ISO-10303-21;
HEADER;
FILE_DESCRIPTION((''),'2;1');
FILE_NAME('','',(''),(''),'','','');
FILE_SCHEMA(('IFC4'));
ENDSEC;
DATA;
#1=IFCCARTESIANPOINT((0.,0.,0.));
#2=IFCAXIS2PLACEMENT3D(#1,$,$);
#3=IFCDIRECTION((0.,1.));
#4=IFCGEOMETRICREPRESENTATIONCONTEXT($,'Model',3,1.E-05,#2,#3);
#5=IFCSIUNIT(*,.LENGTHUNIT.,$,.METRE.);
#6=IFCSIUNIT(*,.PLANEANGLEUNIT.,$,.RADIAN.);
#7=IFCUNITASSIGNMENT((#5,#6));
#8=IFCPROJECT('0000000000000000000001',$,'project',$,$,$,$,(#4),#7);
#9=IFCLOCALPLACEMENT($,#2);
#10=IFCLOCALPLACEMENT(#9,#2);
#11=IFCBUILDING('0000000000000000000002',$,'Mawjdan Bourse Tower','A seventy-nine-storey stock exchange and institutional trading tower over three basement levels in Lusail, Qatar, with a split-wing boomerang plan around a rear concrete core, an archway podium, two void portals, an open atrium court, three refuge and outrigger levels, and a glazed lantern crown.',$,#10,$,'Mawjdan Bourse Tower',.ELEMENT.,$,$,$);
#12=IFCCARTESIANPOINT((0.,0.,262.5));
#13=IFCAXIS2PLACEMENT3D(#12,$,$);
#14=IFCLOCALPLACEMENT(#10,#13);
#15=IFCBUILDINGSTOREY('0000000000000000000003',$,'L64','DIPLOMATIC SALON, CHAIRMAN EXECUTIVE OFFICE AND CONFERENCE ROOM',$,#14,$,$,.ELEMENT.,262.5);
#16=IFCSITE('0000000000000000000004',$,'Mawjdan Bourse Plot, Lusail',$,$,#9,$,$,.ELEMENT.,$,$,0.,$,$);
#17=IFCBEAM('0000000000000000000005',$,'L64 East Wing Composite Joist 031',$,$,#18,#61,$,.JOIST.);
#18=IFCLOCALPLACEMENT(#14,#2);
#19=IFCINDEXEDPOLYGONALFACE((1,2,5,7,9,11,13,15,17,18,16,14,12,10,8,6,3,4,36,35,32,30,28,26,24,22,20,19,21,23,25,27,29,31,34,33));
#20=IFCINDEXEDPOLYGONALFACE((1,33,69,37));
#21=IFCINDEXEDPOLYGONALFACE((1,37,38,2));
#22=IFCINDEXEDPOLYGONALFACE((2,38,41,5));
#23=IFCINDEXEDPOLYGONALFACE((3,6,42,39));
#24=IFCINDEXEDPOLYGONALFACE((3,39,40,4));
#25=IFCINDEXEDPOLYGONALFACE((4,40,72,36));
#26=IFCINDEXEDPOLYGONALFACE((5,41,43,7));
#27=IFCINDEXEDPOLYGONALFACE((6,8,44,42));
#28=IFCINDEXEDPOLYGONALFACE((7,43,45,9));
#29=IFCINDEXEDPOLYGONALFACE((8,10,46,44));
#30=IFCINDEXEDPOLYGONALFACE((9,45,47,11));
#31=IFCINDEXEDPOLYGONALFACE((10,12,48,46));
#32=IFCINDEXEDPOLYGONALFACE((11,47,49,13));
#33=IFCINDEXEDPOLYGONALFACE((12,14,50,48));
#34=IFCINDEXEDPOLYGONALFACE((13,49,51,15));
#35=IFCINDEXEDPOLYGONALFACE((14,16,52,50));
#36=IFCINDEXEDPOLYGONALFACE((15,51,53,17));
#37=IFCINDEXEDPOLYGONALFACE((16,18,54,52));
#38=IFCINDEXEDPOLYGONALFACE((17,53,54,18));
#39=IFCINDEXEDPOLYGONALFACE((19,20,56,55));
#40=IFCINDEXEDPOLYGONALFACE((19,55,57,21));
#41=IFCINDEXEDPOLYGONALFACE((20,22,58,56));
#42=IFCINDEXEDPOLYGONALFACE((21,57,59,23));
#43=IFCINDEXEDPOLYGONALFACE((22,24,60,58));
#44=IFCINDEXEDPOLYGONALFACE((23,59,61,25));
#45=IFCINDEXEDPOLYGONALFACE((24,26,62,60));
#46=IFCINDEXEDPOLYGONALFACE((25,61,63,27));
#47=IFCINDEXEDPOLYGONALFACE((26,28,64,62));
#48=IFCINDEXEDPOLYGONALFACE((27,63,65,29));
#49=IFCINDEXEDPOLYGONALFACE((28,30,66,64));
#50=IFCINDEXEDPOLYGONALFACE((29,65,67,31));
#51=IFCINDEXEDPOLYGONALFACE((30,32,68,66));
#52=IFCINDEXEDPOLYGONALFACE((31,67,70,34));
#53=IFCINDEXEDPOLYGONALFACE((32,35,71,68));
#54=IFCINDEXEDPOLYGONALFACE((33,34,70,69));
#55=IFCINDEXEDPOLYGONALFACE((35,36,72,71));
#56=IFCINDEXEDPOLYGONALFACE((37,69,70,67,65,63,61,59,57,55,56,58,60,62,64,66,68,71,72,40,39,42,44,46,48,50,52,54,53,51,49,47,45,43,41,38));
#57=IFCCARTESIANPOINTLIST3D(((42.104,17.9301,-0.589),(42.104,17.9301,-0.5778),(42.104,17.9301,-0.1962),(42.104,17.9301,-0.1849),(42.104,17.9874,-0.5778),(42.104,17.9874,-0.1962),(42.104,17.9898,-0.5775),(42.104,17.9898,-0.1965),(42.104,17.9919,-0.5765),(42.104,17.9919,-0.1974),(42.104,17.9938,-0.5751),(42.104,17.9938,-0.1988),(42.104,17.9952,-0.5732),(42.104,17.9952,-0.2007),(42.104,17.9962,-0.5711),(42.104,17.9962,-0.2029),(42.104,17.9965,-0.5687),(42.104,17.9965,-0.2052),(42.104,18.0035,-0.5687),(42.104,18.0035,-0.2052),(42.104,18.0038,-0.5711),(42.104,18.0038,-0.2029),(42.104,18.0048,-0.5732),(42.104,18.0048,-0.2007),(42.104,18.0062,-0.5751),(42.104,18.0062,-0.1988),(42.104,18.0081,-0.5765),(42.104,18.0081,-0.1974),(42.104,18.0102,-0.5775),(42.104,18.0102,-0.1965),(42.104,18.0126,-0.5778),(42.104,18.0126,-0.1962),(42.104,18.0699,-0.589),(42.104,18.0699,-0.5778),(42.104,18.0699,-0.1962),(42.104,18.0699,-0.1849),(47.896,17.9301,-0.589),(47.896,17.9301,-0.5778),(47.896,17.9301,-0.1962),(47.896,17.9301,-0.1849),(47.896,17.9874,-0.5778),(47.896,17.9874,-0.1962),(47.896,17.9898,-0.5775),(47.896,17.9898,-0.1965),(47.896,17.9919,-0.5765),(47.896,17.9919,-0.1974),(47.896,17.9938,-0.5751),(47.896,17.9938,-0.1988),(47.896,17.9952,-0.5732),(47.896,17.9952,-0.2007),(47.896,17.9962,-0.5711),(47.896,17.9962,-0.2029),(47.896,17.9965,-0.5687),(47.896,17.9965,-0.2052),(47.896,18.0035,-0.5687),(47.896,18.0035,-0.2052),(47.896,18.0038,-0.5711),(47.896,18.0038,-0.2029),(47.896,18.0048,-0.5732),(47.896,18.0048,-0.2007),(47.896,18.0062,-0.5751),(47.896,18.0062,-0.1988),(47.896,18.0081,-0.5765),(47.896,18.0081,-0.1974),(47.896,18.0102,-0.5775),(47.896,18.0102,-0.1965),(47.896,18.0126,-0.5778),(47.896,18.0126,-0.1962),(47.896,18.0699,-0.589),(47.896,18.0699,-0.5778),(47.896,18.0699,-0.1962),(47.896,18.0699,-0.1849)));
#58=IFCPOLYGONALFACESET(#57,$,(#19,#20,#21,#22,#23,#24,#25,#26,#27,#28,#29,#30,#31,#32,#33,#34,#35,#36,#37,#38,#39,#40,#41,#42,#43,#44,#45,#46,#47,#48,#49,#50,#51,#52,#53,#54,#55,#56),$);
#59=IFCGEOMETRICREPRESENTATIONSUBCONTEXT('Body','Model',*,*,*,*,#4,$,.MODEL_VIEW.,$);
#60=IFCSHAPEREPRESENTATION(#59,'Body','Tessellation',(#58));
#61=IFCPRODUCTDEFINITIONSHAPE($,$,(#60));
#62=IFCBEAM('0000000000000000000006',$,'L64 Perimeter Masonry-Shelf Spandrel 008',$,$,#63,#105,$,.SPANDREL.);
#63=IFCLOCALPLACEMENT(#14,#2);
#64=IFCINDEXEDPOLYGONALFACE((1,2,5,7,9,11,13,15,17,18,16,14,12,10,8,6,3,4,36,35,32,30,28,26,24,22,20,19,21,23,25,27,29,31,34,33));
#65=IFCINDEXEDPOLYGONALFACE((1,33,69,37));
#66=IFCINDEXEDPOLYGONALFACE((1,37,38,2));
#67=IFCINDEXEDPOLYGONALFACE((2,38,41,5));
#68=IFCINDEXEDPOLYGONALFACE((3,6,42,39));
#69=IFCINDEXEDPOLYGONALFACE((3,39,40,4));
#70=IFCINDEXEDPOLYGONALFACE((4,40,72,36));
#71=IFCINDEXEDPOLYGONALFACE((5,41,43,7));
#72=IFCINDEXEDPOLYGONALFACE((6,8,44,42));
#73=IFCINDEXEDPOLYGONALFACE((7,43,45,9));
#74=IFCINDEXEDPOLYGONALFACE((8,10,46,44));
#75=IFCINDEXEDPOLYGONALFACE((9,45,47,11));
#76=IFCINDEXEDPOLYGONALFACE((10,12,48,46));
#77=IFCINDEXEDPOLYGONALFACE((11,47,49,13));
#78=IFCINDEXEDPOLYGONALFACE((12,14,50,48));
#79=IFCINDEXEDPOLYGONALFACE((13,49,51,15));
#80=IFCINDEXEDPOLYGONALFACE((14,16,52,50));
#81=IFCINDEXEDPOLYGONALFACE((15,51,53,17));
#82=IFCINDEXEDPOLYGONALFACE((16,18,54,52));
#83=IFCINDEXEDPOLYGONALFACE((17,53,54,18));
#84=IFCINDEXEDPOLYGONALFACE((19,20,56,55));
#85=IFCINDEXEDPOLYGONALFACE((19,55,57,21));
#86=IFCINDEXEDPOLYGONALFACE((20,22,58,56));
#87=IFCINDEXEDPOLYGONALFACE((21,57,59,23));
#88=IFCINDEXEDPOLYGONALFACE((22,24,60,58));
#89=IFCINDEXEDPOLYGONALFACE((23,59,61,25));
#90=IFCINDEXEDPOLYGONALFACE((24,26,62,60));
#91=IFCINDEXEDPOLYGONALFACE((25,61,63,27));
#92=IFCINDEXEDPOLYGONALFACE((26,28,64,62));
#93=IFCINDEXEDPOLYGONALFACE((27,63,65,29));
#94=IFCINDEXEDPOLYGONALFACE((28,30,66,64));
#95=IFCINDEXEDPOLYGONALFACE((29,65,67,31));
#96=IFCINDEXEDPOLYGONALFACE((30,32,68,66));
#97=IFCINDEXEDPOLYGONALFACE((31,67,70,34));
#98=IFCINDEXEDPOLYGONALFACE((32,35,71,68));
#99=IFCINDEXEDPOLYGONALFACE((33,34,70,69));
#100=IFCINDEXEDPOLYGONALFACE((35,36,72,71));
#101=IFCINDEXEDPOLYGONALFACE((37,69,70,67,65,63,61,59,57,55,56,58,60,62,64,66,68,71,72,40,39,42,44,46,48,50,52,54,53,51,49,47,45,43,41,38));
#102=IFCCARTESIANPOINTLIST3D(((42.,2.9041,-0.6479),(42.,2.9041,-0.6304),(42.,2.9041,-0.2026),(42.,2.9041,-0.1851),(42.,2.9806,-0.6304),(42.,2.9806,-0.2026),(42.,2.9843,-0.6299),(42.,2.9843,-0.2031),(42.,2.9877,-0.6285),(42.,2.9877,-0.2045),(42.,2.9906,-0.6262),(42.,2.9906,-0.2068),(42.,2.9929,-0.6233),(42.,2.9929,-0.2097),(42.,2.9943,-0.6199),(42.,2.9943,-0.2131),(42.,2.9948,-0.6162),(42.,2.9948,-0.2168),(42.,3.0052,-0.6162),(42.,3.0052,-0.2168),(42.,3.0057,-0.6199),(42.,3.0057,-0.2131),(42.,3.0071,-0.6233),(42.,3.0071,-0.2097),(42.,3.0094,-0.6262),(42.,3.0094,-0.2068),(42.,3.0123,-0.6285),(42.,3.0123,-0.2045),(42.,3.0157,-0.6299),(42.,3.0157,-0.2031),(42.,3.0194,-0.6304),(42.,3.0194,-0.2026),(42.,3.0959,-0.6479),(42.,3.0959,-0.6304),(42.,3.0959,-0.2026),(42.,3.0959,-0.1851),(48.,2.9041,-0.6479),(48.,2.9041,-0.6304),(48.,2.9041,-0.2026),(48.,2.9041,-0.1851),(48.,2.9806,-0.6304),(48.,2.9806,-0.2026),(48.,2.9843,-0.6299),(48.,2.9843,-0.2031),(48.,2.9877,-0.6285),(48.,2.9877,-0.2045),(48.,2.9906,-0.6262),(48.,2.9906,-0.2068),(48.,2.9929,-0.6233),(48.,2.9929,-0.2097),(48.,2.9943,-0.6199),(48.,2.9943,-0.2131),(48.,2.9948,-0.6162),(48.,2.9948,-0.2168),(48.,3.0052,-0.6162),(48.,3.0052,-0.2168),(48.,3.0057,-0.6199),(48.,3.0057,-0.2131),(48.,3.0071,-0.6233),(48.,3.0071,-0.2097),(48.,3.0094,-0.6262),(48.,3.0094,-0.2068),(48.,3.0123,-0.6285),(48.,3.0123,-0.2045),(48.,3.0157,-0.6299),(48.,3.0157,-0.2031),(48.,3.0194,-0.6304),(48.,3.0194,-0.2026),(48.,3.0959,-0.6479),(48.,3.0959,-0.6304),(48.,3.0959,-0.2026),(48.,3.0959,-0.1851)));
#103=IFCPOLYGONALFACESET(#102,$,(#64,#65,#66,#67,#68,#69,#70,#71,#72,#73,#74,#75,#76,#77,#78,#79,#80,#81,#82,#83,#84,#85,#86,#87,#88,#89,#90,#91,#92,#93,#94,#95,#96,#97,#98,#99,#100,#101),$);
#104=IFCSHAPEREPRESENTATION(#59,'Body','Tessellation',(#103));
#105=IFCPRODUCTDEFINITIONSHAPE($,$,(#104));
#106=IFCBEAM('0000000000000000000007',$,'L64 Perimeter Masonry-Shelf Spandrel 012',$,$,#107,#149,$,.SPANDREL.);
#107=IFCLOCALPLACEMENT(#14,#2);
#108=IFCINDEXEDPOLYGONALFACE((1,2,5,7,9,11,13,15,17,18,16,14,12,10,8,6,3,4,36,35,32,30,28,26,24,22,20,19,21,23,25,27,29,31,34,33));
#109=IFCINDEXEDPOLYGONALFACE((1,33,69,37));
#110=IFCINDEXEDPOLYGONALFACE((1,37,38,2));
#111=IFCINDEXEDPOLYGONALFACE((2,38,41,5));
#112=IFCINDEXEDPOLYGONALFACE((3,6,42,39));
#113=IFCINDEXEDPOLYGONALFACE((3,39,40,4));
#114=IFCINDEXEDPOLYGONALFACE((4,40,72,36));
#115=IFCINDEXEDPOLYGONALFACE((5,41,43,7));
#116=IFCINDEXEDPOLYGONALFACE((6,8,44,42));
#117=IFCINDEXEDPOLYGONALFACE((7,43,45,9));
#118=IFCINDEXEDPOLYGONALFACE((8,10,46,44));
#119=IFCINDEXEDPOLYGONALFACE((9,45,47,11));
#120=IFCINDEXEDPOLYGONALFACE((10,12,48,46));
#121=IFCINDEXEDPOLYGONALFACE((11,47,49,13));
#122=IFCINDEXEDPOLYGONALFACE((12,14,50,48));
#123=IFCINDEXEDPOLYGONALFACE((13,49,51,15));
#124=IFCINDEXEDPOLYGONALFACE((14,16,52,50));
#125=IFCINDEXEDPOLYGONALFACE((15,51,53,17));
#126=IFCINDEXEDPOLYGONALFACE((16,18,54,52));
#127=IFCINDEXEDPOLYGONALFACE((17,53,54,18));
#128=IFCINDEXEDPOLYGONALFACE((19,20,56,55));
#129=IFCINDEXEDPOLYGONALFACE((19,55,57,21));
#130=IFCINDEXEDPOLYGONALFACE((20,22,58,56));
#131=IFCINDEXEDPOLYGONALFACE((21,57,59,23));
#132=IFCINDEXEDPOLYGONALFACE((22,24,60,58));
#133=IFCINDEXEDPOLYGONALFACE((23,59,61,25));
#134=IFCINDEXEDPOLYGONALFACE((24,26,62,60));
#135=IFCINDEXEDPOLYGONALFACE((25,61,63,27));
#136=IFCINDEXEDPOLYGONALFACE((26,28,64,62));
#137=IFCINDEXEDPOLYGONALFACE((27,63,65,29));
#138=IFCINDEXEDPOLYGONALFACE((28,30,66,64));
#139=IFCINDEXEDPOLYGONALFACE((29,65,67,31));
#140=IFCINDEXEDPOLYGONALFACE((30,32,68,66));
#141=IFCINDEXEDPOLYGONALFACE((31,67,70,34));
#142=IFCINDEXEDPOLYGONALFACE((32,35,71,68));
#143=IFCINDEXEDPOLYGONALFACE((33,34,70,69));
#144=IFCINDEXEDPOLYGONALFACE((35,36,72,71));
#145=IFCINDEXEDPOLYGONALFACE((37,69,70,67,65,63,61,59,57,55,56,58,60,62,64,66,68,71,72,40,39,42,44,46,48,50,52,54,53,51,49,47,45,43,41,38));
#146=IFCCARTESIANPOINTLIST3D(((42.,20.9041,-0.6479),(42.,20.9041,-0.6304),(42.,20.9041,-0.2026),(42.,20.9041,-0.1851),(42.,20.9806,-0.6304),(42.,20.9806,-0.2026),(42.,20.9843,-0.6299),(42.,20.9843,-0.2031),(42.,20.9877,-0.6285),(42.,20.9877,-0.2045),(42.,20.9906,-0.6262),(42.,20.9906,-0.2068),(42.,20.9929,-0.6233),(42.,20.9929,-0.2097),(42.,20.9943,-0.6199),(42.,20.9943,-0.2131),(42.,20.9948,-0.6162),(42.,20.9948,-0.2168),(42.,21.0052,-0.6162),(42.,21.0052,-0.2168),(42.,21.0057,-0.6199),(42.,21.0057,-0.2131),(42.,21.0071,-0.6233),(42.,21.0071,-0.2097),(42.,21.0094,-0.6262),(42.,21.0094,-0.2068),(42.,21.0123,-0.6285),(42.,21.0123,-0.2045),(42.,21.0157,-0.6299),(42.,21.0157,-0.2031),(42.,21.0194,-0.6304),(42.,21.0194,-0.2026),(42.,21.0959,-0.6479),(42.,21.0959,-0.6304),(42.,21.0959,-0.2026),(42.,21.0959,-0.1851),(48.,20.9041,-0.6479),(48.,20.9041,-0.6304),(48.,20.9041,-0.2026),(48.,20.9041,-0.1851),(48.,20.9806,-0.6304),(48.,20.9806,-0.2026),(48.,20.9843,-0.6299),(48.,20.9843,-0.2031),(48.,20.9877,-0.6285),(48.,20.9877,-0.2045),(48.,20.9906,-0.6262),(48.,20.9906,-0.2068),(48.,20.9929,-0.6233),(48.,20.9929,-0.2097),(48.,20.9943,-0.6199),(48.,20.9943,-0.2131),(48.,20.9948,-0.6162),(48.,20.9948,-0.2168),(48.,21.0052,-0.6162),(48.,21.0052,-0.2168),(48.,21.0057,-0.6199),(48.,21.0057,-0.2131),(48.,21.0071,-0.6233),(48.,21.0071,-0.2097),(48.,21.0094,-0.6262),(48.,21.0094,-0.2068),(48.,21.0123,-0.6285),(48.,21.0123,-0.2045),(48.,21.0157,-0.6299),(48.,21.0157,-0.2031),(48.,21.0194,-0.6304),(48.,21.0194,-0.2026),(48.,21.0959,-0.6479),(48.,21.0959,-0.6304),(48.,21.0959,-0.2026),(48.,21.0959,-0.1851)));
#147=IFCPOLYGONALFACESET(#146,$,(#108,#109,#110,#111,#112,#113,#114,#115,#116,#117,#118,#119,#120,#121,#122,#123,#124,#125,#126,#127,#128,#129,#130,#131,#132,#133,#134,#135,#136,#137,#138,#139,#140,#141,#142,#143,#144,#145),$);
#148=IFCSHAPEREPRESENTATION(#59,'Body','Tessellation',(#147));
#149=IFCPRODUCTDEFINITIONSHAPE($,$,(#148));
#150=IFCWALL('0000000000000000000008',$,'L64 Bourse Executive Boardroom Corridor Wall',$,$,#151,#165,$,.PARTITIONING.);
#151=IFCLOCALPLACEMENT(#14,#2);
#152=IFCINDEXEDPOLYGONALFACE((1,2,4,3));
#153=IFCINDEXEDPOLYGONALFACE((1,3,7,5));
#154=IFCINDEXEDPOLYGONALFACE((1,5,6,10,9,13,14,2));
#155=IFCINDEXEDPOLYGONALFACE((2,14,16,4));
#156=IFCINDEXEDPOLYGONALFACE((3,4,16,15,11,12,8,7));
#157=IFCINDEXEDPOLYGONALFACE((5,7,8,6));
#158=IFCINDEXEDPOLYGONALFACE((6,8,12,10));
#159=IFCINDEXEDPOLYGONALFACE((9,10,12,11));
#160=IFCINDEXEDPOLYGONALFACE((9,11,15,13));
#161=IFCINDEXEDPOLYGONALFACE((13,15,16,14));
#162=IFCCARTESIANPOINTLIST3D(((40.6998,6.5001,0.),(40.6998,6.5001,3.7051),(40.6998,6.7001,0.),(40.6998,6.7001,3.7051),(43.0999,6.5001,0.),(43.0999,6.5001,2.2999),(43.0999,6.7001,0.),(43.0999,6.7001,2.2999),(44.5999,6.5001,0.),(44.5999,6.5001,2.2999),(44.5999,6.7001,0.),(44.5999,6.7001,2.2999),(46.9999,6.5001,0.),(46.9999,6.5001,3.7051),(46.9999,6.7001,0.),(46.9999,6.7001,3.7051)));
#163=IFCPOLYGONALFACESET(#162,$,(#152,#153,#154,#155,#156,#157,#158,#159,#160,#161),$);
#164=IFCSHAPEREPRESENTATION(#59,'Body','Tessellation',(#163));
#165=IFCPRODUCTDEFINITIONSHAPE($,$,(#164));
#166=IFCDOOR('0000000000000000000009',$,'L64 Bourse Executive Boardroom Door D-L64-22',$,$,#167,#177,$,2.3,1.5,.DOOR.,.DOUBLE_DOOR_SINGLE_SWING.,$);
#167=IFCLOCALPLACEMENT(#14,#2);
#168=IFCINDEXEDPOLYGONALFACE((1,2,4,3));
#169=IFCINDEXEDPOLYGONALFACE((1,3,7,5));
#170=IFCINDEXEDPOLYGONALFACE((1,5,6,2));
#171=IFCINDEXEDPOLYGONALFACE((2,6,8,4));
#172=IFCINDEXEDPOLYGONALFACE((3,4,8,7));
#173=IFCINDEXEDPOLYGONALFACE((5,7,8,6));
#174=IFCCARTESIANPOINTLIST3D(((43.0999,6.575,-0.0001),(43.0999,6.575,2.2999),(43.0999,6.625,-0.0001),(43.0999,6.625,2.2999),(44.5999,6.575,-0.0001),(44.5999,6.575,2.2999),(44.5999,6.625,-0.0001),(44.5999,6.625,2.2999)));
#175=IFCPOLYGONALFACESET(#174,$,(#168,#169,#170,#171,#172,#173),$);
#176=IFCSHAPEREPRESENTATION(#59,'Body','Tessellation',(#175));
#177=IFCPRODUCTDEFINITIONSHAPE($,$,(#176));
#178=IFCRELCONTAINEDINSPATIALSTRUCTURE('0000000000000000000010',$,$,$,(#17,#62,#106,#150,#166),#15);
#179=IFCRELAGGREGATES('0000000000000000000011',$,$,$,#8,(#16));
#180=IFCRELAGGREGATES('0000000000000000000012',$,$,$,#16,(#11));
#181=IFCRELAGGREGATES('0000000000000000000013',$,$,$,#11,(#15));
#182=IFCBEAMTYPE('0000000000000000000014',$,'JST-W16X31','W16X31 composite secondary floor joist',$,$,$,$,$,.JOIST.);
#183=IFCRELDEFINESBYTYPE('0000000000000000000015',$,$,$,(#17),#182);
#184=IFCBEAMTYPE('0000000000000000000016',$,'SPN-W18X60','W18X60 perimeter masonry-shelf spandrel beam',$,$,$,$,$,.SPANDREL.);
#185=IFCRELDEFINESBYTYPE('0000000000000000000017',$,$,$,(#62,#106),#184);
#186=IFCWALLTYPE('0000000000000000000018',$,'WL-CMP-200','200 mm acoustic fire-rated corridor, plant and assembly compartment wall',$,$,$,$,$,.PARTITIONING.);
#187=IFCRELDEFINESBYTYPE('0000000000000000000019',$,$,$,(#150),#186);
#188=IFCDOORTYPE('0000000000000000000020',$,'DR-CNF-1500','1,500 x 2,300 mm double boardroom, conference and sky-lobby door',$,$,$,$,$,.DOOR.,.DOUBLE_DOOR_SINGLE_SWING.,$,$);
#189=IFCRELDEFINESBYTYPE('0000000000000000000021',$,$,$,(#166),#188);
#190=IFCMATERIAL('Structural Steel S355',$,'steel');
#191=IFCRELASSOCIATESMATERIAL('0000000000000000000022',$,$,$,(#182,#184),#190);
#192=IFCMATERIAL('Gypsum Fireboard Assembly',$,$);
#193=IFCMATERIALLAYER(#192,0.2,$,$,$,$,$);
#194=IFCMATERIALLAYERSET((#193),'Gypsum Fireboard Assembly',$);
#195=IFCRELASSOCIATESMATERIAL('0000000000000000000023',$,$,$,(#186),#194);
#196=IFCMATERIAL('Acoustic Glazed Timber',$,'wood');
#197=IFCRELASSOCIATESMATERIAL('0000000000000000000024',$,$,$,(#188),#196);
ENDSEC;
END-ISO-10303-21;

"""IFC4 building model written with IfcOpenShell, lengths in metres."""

from ifc_helpers import new_model, si_unit, direction, frame, frame_2d, origin, origin_2d, place, context, subcontext, project, spatial, rectangle, i_section, extrude, material, layer, layer_set, material_profile, profile_set, type_object, element, fill, save


model = new_model("IFC4")

# Units and contexts
model_context = context("Model", 3, precision=1e-05, world=origin(), true_north=direction((0.0, 1.0)))
body_context = subcontext(model_context, "Body", "Model", "MODEL_VIEW")
ifc_project = project(units=[si_unit("LENGTHUNIT", "METRE"), si_unit("PLANEANGLEUNIT", "RADIAN")], contexts=[model_context])

# Site, building, storey
site_placement = place(None, origin())
site = spatial("IfcSite", under=ifc_project, at=site_placement, Name="Mawjdan Bourse Plot, Lusail", CompositionType="ELEMENT", RefElevation=0.0)
building_placement = place(site_placement, origin())
building = spatial("IfcBuilding", under=site, at=building_placement, Name="Mawjdan Bourse Tower", Description="A seventy-nine-storey stock exchange and institutional trading tower over three basement levels in Lusail, Qatar, with a split-wing boomerang plan around a rear concrete core, an archway podium, two void portals, an open atrium court, three refuge and outrigger levels, and a glazed lantern crown.", LongName="Mawjdan Bourse Tower", CompositionType="ELEMENT")
storey_placement = place(building_placement, frame((0.0, 0.0, 262.5)))
storey = spatial("IfcBuildingStorey", under=building, at=storey_placement, Name="L64", Description="DIPLOMATIC SALON, CHAIRMAN EXECUTIVE OFFICE AND CONFERENCE ROOM", CompositionType="ELEMENT", Elevation=262.5)

# Beams
ifc_material_1 = material(Name="Structural Steel S355", Category="steel")
ifc_material_profile_1 = material_profile(ifc_material_1, i_section(OverallWidth=0.1399, OverallDepth=0.4041, WebThickness=0.0071, FlangeThickness=0.0112, FilletRadius=0.009, at=origin_2d()), Name="W16X31")
ifc_profile_set_1 = profile_set([ifc_material_profile_1], Name="Structural Steel S355")
beam_type_1 = type_object("IfcBeamType", Name="JST-W16X31", Description="W16X31 composite secondary floor joist", PredefinedType="JOIST", material=ifc_profile_set_1)
beam_1_placement = place(storey_placement, frame((42.104, 18.0, -0.387), z_axis=(1.0, 0.0, 0.0), x_axis=(0.0, 1.0, 0.0)))
element("IfcBeam", 1, at=beam_1_placement, inside=storey, type_object=beam_type_1, Name="L64 East Wing Composite Joist 031", PredefinedType="JOIST", context=body_context, shape_type="SweptSolid", body=[
    extrude(i_section(OverallWidth=0.1399, OverallDepth=0.4041, WebThickness=0.0071, FlangeThickness=0.0112, FilletRadius=0.009, at=origin_2d()), origin(), (0.0, 0.0, 1.0), 5.792),
])
ifc_material_profile_2 = material_profile(ifc_material_1, i_section(OverallWidth=0.1919, OverallDepth=0.4629, WebThickness=0.0105, FlangeThickness=0.0176, FilletRadius=0.0142, at=origin_2d()), Name="W18X60")
ifc_profile_set_2 = profile_set([ifc_material_profile_2], Name="Structural Steel S355")
beam_type_2 = type_object("IfcBeamType", Name="SPN-W18X60", Description="W18X60 perimeter masonry-shelf spandrel beam", PredefinedType="SPANDREL", material=ifc_profile_set_2)
for number, where, z_axis, x_axis, name in (
    (2, (42.0, 3.0, -0.4165), (1.0, 0.0, 0.0), (0.0, 1.0, 0.0), "L64 Perimeter Masonry-Shelf Spandrel 008"),
    (3, (42.0, 21.0, -0.4165), (1.0, 0.0, 0.0), (0.0, 1.0, 0.0), "L64 Perimeter Masonry-Shelf Spandrel 012"),
):
    element("IfcBeam", number, at=place(storey_placement, frame(where, z_axis=z_axis, x_axis=x_axis)), inside=storey, type_object=beam_type_2, Name=name, PredefinedType="SPANDREL", context=body_context, shape_type="SweptSolid", body=[
        extrude(i_section(OverallWidth=0.1919, OverallDepth=0.4629, WebThickness=0.0105, FlangeThickness=0.0176, FilletRadius=0.0142, at=origin_2d()), origin(), (0.0, 0.0, 1.0), 6.0),
    ])

# Wall, opening, door
ifc_material_2 = material(Name="Gypsum Fireboard Assembly")
ifc_layer_1 = layer(ifc_material_2, 0.2)
ifc_layer_set_1 = layer_set([ifc_layer_1], Name="Gypsum Fireboard Assembly")
wall_type_1 = type_object("IfcWallType", Name="WL-CMP-200", Description="200 mm acoustic fire-rated corridor, plant and assembly compartment wall", PredefinedType="PARTITIONING", material=ifc_layer_set_1)
wall_1_placement = place(storey_placement, frame((40.7, 6.6001, 0.0), z_axis=(0.0, 0.0, 1.0), x_axis=(1.0, 0.0, 0.0)))
wall_1 = element("IfcWall", 4, at=wall_1_placement, inside=storey, type_object=wall_type_1, Name="L64 Bourse Executive Boardroom Corridor Wall", PredefinedType="PARTITIONING", context=body_context, shape_type="SweptSolid", body=[
    extrude(rectangle(XDim=6.3, YDim=0.2, at=frame_2d((3.1499, 0.0))), origin(), (0.0, 0.0, 1.0), 3.7051),
])
opening_1_placement = place(wall_1_placement, frame((2.3999, 0.0, 0.0)))
opening_1 = element("IfcOpeningElement", 5, at=opening_1_placement, cuts=wall_1, PredefinedType="OPENING", context=body_context, shape_type="SweptSolid", body=[
    extrude(rectangle(XDim=1.5, YDim=2.3, at=frame_2d((0.75, 1.1499))), frame((0.0, 0.1099, 0.0), z_axis=(0.0, -1.0, 0.0), x_axis=(1.0, 0.0, 0.0)), (0.0, 0.0, 1.0), 0.22),
])
ifc_material_3 = material(Name="Acoustic Glazed Timber", Category="wood")
door_type_1 = type_object("IfcDoorType", Name="DR-CNF-1500", Description="1,500 x 2,300 mm double boardroom, conference and sky-lobby door", OperationType="DOUBLE_DOOR_SINGLE_SWING", PredefinedType="DOOR", material=ifc_material_3)
door_1_placement = place(opening_1_placement, origin())
door_1 = element("IfcDoor", 6, at=door_1_placement, inside=storey, type_object=door_type_1, Name="L64 Bourse Executive Boardroom Door D-L64-22", OperationType="DOUBLE_DOOR_SINGLE_SWING", OverallHeight=2.3, OverallWidth=1.5, PredefinedType="DOOR", context=body_context, shape_type="SweptSolid", body=[
    extrude(rectangle(XDim=1.5, YDim=2.3, at=frame_2d((0.75, 1.1499))), frame((0.0, 0.0249, 0.0), z_axis=(0.0, -1.0, 0.0), x_axis=(1.0, 0.0, 0.0)), (0.0, 0.0, 1.0), 0.05),
])
fill(opening_1, door_1)

save(model, "model.ifc")
